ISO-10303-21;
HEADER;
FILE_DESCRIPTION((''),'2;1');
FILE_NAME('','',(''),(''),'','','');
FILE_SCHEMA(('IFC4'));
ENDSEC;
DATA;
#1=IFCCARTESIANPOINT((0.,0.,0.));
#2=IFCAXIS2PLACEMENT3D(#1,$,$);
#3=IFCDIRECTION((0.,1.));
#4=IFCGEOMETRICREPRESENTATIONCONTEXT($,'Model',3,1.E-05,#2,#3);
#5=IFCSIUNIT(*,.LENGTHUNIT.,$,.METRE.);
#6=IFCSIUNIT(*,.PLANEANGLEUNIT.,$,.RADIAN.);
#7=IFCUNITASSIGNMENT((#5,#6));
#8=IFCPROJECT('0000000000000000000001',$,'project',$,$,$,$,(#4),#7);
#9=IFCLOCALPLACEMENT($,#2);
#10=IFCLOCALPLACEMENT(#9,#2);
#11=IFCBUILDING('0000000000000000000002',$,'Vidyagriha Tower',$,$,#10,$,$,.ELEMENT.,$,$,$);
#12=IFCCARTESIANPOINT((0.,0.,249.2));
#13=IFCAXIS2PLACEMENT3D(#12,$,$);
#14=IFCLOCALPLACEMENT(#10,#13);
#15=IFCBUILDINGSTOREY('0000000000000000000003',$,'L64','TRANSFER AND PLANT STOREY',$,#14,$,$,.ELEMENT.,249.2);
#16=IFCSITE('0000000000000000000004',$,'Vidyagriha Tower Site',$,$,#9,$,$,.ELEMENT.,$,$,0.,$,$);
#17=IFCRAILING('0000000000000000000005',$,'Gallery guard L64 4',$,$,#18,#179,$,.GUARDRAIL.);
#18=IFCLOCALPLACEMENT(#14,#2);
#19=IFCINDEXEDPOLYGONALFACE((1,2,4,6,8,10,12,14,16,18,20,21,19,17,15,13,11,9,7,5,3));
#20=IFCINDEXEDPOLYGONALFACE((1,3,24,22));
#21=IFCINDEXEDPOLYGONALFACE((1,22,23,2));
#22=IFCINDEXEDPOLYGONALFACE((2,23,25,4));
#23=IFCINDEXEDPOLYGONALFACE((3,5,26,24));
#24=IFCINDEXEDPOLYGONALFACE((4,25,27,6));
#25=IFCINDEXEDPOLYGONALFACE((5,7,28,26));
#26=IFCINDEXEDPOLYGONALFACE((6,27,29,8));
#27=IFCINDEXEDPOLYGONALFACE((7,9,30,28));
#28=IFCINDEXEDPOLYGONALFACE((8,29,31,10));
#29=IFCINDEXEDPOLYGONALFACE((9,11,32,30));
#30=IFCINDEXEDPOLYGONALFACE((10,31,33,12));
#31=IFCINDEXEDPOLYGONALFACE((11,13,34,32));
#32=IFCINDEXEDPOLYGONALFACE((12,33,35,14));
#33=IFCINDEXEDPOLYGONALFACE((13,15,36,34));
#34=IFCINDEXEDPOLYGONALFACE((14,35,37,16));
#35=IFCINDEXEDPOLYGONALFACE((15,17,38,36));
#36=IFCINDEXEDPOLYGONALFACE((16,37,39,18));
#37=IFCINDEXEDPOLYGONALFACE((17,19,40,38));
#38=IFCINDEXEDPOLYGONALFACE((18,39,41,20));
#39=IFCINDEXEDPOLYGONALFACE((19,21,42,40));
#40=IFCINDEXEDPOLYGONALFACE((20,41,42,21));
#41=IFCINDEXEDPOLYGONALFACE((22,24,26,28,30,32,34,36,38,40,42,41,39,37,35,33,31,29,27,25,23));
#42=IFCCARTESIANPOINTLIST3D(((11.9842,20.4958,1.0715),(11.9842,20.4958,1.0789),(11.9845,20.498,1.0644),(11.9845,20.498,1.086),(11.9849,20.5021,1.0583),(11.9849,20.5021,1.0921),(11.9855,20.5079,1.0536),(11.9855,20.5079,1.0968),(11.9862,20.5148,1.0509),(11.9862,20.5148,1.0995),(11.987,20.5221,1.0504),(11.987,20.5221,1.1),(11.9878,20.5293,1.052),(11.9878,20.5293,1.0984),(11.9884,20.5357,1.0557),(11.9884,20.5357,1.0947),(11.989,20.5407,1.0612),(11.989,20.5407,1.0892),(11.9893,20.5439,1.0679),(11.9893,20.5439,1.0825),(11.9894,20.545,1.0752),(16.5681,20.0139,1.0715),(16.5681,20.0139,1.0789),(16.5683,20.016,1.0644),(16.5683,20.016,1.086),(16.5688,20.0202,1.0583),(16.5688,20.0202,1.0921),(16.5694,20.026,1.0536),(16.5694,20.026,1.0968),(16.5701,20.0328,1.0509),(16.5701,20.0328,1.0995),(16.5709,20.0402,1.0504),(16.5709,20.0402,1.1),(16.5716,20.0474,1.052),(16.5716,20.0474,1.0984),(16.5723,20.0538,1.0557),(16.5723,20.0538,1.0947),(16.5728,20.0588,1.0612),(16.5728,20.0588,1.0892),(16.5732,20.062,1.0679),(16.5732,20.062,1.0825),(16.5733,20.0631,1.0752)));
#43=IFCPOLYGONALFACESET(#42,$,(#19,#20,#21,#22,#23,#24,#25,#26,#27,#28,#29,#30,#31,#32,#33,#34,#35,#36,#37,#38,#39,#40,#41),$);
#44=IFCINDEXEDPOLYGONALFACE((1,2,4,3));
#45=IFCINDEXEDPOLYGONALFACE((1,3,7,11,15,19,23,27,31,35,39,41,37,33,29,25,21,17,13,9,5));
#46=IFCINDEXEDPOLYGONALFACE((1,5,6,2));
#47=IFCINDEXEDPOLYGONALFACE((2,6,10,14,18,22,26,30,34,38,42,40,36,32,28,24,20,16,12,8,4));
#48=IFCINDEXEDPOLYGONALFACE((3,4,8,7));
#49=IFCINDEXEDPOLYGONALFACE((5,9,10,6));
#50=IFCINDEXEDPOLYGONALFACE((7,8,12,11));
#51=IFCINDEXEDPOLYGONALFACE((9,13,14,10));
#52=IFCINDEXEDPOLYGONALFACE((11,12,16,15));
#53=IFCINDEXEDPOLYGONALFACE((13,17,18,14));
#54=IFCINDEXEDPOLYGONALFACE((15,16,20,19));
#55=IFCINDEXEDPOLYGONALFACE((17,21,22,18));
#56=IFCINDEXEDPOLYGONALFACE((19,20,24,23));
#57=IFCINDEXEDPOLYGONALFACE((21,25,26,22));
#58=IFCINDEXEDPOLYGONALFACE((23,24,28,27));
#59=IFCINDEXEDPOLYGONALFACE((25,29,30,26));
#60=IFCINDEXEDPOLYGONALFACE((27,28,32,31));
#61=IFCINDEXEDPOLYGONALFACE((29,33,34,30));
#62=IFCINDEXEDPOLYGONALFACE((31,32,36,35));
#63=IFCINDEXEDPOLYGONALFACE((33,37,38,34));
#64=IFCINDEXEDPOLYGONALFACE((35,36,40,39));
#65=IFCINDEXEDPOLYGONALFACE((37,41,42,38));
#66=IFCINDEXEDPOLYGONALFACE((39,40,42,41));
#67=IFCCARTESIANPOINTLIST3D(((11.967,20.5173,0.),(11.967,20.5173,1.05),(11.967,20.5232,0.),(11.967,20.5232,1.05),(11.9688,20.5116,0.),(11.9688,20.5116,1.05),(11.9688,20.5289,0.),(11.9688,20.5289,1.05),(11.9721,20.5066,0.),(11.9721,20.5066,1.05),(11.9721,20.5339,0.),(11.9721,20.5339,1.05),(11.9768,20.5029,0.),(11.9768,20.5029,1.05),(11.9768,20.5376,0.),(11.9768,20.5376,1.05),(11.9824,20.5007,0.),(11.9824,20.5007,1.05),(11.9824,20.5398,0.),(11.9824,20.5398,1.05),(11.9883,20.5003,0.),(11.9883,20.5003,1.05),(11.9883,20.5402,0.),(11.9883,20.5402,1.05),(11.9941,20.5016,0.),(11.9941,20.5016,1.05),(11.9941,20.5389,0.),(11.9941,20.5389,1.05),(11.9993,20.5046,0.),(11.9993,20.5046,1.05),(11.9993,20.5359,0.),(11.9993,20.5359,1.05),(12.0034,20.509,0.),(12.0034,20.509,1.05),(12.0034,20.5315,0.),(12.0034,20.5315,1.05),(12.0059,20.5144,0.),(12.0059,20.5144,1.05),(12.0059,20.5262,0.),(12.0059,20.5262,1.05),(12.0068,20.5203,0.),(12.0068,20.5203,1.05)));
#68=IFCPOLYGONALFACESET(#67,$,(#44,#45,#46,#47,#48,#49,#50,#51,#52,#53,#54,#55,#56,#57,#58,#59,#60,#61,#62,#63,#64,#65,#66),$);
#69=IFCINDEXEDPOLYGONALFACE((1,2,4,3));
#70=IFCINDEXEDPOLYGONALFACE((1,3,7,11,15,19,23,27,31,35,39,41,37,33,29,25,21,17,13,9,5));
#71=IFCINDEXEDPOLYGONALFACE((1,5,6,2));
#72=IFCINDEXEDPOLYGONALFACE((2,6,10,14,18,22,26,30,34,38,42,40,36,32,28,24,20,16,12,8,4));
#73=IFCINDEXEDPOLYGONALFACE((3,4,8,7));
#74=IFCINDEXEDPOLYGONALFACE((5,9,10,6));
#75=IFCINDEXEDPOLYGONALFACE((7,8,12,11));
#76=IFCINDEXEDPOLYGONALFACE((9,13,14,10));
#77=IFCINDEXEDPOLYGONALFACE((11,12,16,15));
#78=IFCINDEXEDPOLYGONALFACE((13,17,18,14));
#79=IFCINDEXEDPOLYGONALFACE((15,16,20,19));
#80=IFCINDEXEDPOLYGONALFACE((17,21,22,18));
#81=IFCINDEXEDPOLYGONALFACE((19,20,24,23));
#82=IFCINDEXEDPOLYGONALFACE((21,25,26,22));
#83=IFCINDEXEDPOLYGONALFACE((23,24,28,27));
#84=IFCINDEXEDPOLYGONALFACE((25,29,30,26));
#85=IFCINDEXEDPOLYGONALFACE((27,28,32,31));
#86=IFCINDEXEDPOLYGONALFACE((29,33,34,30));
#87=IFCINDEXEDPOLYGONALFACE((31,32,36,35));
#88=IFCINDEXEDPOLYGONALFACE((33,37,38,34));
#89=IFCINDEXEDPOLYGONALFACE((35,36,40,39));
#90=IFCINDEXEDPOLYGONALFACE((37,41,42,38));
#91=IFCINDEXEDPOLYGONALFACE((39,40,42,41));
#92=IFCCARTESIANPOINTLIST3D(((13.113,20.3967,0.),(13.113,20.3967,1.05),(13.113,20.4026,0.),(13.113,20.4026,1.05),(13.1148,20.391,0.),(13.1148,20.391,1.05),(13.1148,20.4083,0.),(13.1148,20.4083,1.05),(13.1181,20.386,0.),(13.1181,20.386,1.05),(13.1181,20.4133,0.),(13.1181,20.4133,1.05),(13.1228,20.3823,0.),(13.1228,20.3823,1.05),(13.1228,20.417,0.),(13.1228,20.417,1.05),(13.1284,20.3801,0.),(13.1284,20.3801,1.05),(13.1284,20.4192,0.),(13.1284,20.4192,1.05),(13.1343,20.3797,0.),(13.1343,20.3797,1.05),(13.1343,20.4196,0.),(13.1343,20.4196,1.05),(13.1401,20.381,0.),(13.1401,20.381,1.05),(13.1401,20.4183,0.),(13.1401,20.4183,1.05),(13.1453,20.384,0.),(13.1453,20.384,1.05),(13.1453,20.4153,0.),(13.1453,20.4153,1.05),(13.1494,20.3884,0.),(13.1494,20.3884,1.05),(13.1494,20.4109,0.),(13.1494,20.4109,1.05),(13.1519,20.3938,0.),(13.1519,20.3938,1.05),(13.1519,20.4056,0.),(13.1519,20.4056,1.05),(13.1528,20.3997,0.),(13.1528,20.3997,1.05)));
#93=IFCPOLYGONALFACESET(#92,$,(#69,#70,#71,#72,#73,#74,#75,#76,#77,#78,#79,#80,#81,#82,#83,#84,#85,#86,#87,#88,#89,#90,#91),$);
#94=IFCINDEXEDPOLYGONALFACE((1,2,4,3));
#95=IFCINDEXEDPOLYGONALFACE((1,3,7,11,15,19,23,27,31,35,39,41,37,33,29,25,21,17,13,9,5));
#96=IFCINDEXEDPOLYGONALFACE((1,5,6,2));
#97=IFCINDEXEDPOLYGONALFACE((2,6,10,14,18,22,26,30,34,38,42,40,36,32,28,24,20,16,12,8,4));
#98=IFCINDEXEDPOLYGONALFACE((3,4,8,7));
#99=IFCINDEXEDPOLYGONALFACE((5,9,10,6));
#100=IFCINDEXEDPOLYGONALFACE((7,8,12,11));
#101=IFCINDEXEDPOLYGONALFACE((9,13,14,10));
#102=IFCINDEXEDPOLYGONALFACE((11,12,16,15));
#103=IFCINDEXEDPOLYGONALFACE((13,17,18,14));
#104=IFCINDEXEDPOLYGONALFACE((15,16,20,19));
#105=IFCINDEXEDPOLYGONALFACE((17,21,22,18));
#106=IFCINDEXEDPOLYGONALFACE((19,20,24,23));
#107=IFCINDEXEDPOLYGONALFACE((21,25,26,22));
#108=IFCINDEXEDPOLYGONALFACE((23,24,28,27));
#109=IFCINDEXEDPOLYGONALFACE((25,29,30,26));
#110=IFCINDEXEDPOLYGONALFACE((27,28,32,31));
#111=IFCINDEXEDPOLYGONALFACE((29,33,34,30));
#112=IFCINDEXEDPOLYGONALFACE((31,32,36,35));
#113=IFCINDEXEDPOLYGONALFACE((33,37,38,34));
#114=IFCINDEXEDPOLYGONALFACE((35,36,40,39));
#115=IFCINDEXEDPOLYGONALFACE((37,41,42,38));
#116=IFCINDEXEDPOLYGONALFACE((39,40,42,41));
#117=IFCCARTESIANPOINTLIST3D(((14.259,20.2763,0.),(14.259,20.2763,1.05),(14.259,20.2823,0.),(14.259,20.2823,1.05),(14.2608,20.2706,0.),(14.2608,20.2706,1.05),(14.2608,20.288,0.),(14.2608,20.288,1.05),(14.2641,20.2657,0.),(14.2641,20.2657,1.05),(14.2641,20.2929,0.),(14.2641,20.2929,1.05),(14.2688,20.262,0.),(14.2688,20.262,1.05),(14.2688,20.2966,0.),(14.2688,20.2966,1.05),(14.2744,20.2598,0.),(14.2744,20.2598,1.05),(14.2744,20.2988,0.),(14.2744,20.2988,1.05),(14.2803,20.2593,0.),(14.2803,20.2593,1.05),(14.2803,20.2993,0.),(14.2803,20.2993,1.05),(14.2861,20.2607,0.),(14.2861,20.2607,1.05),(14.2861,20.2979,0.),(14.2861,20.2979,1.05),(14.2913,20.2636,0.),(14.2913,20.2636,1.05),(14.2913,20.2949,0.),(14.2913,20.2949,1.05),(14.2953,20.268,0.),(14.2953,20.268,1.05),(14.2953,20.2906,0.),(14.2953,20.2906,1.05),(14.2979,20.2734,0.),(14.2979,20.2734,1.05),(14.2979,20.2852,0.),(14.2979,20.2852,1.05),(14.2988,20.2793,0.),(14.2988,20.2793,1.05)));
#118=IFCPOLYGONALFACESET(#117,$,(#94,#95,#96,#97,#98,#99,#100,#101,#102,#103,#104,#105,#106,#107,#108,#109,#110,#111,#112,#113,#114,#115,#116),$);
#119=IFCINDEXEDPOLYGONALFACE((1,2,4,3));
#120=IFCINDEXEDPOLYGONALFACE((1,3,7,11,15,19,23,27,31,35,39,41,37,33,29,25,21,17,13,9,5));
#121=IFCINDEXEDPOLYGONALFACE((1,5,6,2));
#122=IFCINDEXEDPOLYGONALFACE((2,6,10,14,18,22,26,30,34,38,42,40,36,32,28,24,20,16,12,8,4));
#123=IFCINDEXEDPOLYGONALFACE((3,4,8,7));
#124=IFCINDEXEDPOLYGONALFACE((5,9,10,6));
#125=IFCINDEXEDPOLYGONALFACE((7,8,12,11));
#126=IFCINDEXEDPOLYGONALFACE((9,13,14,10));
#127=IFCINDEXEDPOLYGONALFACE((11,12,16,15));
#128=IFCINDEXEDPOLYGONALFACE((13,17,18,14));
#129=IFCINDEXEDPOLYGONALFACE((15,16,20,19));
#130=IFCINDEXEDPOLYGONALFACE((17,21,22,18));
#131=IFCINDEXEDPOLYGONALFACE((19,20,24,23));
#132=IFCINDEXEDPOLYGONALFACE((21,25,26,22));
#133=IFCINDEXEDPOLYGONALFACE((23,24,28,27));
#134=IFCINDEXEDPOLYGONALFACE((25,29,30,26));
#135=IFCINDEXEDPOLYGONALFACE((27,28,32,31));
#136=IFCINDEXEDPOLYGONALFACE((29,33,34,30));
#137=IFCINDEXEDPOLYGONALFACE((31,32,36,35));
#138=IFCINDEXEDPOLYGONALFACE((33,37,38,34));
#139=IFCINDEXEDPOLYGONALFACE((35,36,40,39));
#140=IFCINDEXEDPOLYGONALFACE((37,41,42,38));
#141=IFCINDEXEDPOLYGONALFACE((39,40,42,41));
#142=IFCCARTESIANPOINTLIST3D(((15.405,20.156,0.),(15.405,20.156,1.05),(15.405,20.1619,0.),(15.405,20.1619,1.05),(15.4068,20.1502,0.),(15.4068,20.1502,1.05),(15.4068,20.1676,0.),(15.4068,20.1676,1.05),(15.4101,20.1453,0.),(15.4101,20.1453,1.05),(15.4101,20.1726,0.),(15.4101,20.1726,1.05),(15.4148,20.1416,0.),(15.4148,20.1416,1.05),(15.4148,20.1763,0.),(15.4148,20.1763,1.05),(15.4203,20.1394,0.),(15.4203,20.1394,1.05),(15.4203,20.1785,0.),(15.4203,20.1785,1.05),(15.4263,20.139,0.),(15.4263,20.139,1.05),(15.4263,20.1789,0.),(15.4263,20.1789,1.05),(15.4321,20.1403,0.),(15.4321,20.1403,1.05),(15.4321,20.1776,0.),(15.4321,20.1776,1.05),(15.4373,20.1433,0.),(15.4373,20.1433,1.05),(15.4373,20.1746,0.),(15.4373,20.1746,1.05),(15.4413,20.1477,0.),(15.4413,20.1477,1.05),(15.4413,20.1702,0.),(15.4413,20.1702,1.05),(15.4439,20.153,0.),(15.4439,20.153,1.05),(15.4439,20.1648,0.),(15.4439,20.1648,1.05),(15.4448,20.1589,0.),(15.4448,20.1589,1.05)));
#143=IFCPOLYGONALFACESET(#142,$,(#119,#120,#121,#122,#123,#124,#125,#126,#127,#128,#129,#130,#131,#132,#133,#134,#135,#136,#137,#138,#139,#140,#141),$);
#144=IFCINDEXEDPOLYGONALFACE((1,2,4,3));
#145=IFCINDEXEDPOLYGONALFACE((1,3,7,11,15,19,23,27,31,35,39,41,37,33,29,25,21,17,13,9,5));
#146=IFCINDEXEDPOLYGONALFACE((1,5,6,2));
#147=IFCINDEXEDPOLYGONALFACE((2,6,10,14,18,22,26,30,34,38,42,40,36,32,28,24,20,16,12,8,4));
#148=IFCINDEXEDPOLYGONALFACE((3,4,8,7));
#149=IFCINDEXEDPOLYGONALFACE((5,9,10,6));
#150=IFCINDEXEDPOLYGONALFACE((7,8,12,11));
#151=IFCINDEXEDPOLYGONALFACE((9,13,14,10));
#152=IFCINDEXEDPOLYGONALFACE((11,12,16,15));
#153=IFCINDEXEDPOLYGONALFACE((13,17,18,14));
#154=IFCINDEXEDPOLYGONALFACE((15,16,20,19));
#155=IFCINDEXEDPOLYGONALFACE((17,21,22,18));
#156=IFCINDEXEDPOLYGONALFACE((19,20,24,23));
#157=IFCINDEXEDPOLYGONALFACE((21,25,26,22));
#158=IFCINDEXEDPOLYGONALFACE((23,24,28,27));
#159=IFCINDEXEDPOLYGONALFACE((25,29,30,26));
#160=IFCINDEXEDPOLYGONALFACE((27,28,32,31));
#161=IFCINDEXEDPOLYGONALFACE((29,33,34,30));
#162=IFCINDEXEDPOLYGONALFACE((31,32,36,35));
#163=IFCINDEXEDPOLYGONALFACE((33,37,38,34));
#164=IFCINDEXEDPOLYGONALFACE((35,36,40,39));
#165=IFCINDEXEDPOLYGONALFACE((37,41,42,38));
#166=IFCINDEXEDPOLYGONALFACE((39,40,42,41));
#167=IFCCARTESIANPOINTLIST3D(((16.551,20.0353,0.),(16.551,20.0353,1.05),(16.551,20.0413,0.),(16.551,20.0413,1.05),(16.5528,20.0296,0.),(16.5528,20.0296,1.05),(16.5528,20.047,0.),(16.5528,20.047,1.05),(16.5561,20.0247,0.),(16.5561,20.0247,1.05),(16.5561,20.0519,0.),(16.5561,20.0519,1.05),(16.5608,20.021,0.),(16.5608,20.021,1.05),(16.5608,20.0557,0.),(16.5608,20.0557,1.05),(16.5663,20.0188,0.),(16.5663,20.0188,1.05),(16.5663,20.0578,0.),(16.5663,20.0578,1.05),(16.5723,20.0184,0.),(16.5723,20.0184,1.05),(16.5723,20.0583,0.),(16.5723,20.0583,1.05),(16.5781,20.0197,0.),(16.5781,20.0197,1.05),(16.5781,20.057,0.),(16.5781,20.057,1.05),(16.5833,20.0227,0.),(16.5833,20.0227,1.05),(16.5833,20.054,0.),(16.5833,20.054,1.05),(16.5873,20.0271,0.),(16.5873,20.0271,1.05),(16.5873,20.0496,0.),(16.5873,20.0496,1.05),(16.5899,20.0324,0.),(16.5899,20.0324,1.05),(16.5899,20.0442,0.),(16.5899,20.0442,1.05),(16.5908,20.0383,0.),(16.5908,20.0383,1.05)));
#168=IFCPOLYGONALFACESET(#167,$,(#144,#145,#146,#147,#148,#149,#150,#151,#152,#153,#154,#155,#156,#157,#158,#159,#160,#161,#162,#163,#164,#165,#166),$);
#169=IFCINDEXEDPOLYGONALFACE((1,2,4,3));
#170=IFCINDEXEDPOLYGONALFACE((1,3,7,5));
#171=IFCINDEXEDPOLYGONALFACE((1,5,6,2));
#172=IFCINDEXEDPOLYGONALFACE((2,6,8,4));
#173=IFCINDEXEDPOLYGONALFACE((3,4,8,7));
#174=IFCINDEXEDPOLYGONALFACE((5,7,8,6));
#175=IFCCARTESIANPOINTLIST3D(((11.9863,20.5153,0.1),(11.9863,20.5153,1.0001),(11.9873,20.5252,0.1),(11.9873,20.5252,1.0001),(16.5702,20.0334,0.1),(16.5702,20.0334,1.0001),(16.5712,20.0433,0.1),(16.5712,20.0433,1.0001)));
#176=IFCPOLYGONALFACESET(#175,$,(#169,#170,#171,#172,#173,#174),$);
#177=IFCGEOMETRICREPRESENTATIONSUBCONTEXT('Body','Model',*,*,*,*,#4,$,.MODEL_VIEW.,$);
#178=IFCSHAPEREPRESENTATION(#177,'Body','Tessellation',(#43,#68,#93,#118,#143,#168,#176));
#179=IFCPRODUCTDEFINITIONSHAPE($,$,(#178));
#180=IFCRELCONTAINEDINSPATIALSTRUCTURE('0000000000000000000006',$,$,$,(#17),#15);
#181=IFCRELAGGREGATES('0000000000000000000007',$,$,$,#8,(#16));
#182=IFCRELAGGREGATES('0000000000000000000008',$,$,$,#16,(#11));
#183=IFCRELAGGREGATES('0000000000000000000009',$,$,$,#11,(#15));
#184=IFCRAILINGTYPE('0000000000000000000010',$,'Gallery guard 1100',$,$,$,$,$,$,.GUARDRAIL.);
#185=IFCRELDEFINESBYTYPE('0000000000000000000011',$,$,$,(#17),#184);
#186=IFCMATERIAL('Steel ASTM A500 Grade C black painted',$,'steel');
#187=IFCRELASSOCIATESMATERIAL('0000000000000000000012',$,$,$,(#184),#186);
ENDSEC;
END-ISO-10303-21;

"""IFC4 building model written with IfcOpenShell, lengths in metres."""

from ifc_helpers import new_model, si_unit, direction, frame, origin, origin_2d, place, context, subcontext, project, spatial, rectangle, circle, extrude, material, type_object, element, save


model = new_model("IFC4")

# Units and contexts
model_context = context("Model", 3, precision=1e-05, world=origin(), true_north=direction((0.0, 1.0)))
body_context = subcontext(model_context, "Body", "Model", "MODEL_VIEW")
ifc_project = project(units=[si_unit("LENGTHUNIT", "METRE"), si_unit("PLANEANGLEUNIT", "RADIAN")], contexts=[model_context])

# Site, building, storey
site_placement = place(None, origin())
site = spatial("IfcSite", under=ifc_project, at=site_placement, Name="Vidyagriha Tower Site", CompositionType="ELEMENT", RefElevation=0.0)
building_placement = place(site_placement, origin())
building = spatial("IfcBuilding", under=site, at=building_placement, Name="Vidyagriha Tower", CompositionType="ELEMENT")
storey_placement = place(building_placement, frame((0.0, 0.0, 249.2)))
storey = spatial("IfcBuildingStorey", under=building, at=storey_placement, Name="L64", Description="TRANSFER AND PLANT STOREY", CompositionType="ELEMENT", Elevation=249.2)

# Railing
ifc_material_1 = material(Name="Steel ASTM A500 Grade C black painted", Category="steel")
railing_type_1 = type_object("IfcRailingType", Name="Gallery guard 1100", PredefinedType="GUARDRAIL", material=ifc_material_1)
railing_1_placement = place(storey_placement, frame((11.9868, 20.5203, 0.0)))
element("IfcRailing", 1, at=railing_1_placement, inside=storey, type_object=railing_type_1, Name="Gallery guard L64 4", PredefinedType="GUARDRAIL", context=body_context, shape_type="SweptSolid", body=[
    extrude(circle(Radius=0.0249, at=origin_2d()), frame((0.0, 0.0, 1.0752), z_axis=(0.994519, -0.104558, 0.0), x_axis=(0.104558, 0.994519, 0.0)), (0.0, 0.0, 1.0), 4.6091),
    extrude(circle(Radius=0.02, at=origin_2d()), origin(), (0.0, 0.0, 1.0), 1.05),
    extrude(circle(Radius=0.02, at=origin_2d()), frame((1.146, -0.1206, 0.0)), (0.0, 0.0, 1.0), 1.05),
    extrude(circle(Radius=0.02, at=origin_2d()), frame((2.292, -0.241, 0.0)), (0.0, 0.0, 1.0), 1.05),
    extrude(circle(Radius=0.02, at=origin_2d()), frame((3.438, -0.3613, 0.0)), (0.0, 0.0, 1.0), 1.05),
    extrude(circle(Radius=0.02, at=origin_2d()), frame((4.584, -0.4819, 0.0)), (0.0, 0.0, 1.0), 1.05),
    extrude(rectangle(XDim=0.01, YDim=0.9001, at=origin_2d()), frame((0.0, 0.0, 0.55), z_axis=(0.994519, -0.104558, 0.0), x_axis=(0.104558, 0.994519, 0.0)), (0.0, 0.0, 1.0), 4.6091),
])

save(model, "model.ifc")
